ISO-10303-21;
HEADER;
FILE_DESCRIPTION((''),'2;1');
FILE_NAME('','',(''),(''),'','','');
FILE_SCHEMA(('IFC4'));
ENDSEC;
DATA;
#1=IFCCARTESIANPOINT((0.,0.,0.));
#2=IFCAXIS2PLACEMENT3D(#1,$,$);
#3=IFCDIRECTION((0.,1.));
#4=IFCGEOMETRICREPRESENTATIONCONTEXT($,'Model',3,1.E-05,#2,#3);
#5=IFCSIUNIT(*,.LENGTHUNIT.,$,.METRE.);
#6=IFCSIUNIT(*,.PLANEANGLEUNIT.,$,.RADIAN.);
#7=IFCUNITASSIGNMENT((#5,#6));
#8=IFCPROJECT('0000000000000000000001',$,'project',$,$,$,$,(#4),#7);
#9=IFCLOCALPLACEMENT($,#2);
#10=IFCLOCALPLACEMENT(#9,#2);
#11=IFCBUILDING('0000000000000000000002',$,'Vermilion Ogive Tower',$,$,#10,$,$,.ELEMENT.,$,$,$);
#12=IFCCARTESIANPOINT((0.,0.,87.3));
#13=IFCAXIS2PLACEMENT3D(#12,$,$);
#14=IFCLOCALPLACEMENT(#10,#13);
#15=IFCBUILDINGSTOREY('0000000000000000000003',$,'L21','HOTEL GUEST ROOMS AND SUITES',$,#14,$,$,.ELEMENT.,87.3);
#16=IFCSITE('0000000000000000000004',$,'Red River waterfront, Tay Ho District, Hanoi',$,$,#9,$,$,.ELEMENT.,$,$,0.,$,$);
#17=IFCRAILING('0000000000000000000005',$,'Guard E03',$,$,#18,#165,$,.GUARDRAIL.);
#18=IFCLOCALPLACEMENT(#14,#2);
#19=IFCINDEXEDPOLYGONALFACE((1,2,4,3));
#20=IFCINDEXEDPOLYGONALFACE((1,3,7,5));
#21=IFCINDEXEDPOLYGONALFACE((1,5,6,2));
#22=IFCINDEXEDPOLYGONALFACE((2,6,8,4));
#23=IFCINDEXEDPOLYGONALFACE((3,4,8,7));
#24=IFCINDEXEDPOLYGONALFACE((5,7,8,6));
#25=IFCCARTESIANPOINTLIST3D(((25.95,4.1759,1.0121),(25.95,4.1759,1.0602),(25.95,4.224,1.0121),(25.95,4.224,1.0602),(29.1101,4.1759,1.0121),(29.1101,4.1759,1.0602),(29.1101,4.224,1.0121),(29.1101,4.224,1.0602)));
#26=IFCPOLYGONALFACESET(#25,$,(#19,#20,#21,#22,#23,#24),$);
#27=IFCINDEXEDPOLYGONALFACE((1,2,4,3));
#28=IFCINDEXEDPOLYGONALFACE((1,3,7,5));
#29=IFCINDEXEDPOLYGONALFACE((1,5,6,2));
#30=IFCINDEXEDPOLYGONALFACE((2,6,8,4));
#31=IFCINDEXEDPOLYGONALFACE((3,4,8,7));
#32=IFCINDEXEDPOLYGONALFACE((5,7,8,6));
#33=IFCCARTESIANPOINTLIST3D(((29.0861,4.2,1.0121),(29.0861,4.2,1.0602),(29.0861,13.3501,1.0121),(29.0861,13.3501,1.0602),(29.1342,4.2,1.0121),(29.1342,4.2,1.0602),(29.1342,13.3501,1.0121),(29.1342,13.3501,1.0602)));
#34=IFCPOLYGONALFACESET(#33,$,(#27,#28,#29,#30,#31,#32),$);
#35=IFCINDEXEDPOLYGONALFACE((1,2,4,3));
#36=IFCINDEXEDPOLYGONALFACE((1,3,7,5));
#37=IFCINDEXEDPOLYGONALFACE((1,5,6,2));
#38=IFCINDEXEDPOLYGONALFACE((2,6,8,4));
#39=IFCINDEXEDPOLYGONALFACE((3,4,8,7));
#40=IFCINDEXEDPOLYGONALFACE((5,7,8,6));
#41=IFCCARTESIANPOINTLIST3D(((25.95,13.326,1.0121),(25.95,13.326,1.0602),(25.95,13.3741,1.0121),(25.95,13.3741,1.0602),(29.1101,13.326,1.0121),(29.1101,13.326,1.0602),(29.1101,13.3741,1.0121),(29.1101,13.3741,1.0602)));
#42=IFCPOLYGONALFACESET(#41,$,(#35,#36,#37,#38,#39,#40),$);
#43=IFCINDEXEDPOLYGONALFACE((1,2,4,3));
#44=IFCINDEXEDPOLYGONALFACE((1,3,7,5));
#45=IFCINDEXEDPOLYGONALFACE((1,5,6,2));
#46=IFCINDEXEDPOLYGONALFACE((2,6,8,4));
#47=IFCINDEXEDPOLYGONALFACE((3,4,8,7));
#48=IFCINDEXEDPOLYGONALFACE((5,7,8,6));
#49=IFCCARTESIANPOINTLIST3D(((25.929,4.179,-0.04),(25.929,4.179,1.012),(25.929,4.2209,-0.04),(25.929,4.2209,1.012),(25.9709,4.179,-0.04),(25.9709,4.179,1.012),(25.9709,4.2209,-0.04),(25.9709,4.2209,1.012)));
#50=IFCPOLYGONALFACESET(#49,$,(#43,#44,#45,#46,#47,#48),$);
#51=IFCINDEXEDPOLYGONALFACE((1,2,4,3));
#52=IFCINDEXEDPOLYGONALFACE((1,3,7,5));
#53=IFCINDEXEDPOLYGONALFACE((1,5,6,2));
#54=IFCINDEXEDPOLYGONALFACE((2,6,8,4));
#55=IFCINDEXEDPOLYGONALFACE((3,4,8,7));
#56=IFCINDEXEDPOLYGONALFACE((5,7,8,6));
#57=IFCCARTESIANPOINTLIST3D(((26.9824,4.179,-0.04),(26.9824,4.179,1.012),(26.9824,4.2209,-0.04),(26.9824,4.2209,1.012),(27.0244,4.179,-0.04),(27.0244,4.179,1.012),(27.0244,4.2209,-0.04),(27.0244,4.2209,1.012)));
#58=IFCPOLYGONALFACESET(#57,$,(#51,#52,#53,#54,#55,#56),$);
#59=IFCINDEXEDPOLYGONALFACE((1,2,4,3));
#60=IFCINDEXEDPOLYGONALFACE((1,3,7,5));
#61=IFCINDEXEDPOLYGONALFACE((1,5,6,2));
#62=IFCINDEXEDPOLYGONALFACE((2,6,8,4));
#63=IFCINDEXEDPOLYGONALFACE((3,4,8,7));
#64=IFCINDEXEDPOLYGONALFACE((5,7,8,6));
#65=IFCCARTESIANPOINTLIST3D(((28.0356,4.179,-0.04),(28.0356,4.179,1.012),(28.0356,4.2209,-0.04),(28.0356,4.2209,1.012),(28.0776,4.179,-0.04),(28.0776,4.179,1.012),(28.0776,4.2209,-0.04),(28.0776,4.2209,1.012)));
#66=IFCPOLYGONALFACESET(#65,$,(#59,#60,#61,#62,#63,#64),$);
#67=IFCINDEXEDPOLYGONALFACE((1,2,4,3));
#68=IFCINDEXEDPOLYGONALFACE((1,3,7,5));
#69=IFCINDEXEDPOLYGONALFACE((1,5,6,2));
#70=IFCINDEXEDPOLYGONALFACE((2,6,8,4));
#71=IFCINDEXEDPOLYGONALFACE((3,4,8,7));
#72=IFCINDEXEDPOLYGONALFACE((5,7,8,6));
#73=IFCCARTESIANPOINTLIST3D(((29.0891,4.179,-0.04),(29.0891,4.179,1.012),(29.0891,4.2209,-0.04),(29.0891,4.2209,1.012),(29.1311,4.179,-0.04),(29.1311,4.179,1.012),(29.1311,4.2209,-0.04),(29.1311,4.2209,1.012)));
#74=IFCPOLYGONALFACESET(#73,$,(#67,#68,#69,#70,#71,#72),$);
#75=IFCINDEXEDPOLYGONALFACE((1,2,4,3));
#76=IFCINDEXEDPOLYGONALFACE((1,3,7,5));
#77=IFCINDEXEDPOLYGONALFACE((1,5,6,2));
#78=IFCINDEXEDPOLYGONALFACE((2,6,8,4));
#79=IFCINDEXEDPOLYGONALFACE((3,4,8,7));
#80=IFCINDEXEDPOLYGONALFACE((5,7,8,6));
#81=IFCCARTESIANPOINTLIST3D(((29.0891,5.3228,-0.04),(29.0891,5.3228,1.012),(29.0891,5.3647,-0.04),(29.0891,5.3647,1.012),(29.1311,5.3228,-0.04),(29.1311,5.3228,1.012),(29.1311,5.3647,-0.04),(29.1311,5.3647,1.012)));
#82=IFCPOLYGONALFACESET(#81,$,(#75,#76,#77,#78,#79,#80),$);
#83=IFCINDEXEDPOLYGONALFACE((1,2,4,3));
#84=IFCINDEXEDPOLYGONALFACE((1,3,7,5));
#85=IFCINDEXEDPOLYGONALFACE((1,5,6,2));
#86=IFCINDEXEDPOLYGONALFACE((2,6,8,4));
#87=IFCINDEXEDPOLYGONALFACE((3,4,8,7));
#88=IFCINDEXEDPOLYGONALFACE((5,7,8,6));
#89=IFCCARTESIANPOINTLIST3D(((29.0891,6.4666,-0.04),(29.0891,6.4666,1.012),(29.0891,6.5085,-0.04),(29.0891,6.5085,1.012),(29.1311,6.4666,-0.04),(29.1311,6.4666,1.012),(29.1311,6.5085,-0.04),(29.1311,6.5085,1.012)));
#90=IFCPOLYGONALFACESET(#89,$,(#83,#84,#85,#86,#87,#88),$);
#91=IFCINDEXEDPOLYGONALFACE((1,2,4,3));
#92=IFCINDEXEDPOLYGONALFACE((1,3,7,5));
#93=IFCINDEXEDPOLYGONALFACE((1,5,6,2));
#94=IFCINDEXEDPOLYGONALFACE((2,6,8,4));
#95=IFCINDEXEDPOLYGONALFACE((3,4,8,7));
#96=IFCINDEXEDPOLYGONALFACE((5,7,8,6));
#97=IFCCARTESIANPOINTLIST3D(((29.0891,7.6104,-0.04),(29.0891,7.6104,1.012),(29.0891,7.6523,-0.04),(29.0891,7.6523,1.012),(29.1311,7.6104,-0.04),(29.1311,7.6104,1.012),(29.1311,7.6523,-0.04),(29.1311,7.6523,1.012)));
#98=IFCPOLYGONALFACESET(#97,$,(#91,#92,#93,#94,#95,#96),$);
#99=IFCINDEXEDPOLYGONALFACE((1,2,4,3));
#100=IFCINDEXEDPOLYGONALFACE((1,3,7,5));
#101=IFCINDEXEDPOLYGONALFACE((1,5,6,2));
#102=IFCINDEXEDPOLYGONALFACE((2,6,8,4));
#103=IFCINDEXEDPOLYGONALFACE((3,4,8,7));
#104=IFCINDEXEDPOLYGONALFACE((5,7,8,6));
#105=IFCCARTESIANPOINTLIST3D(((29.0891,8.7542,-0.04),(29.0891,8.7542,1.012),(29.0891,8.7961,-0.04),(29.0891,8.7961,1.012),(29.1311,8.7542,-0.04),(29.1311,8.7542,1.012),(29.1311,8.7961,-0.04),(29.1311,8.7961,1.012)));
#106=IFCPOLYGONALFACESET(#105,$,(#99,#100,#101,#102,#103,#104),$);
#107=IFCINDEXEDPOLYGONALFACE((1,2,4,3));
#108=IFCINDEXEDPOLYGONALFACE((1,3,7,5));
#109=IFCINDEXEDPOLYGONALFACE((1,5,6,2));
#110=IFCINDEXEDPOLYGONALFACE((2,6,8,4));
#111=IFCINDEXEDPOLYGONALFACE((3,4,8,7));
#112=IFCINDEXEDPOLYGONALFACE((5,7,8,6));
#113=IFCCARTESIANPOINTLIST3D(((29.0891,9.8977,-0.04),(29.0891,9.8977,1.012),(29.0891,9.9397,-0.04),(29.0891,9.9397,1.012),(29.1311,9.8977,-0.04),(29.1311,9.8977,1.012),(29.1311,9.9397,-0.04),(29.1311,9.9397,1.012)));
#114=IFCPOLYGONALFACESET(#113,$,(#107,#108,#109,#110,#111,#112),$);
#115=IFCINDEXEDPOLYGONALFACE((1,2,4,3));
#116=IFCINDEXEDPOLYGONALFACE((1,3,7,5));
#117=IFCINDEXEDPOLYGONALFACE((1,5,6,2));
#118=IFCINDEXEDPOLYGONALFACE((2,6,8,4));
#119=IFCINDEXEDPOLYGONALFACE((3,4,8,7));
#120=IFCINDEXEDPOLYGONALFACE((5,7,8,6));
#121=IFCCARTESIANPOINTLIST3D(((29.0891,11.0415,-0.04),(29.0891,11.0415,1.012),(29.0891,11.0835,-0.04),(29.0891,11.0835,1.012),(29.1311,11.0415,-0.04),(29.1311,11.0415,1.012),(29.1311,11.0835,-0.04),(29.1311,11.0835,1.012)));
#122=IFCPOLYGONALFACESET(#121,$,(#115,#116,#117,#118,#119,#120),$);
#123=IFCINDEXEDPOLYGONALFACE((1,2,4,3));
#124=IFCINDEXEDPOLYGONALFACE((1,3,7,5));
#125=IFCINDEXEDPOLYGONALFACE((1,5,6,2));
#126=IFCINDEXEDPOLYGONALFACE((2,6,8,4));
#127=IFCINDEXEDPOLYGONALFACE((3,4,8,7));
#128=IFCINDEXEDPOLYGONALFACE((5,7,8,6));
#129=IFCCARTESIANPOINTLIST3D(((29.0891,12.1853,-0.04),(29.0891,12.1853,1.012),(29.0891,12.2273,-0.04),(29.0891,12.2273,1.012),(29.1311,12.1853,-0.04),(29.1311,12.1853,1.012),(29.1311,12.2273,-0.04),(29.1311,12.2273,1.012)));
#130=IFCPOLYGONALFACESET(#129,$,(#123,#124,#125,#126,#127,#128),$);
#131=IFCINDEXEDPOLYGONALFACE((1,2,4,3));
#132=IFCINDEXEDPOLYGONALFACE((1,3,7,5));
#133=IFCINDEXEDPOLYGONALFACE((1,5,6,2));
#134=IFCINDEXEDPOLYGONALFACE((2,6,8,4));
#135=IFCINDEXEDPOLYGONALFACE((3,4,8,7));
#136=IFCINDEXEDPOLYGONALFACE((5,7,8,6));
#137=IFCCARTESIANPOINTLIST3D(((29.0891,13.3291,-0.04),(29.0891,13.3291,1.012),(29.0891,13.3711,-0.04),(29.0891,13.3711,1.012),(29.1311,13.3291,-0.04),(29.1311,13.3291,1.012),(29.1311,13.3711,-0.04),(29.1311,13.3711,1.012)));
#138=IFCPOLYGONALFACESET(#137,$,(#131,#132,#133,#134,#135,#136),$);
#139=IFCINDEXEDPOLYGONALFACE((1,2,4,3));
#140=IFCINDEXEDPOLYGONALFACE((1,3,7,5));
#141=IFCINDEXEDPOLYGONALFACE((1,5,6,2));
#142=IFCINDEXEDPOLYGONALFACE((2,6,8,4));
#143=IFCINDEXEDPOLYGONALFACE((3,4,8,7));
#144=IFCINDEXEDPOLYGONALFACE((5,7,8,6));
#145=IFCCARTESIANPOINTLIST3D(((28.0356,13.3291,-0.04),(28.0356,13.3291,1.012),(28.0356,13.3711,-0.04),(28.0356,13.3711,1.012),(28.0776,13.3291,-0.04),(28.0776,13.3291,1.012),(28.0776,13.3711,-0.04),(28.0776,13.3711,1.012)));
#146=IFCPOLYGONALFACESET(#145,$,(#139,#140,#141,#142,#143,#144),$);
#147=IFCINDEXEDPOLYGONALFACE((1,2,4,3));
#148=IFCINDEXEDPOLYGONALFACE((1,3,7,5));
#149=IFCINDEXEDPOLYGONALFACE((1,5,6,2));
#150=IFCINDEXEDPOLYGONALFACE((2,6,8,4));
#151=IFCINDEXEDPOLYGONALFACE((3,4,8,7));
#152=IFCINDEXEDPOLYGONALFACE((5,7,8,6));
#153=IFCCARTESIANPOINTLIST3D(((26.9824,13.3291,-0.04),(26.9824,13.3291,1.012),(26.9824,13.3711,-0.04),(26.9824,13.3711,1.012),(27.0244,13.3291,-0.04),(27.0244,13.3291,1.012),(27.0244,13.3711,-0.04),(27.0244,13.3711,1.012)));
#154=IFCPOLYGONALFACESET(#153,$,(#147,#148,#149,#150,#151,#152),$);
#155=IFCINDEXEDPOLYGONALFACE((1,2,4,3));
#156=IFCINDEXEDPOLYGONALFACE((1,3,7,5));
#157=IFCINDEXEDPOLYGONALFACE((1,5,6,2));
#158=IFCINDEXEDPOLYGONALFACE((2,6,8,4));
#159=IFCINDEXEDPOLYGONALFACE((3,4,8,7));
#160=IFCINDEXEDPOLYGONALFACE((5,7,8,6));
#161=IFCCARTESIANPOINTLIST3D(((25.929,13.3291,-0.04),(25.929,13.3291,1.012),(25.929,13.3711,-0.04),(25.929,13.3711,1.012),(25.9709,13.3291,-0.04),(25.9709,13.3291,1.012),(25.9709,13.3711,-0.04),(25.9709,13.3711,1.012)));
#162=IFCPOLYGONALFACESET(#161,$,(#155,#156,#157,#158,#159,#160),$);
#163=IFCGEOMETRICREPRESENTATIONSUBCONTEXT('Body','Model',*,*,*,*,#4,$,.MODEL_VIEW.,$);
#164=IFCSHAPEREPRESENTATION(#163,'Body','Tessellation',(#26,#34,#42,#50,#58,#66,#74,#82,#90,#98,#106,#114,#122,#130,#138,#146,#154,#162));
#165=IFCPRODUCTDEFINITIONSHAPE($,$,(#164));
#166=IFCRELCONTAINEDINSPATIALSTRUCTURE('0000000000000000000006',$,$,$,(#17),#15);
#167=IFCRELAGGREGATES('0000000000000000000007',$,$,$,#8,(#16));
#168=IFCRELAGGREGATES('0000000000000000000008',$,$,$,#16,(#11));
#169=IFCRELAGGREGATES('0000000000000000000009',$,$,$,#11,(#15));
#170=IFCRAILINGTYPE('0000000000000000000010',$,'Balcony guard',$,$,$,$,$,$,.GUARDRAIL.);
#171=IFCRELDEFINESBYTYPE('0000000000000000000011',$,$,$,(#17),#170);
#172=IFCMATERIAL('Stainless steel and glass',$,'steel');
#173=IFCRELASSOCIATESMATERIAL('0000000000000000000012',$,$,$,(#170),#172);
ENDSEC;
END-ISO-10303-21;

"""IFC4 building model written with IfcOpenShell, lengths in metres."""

from ifc_helpers import new_model, si_unit, direction, frame, origin, origin_2d, place, context, subcontext, project, spatial, rectangle, extrude, material, type_object, element, save


model = new_model("IFC4")

# Units and contexts
model_context = context("Model", 3, precision=1e-05, world=origin(), true_north=direction((0.0, 1.0)))
body_context = subcontext(model_context, "Body", "Model", "MODEL_VIEW")
ifc_project = project(units=[si_unit("LENGTHUNIT", "METRE"), si_unit("PLANEANGLEUNIT", "RADIAN")], contexts=[model_context])

# Site, building, storey
site_placement = place(None, origin())
site = spatial("IfcSite", under=ifc_project, at=site_placement, Name="Red River waterfront, Tay Ho District, Hanoi", CompositionType="ELEMENT", RefElevation=0.0)
building_placement = place(site_placement, origin())
building = spatial("IfcBuilding", under=site, at=building_placement, Name="Vermilion Ogive Tower", CompositionType="ELEMENT")
storey_placement = place(building_placement, frame((0.0, 0.0, 87.3)))
storey = spatial("IfcBuildingStorey", under=building, at=storey_placement, Name="L21", Description="HOTEL GUEST ROOMS AND SUITES", CompositionType="ELEMENT", Elevation=87.3)

# Railing
ifc_material_1 = material(Name="Stainless steel and glass", Category="steel")
railing_type_1 = type_object("IfcRailingType", Name="Balcony guard", PredefinedType="GUARDRAIL", material=ifc_material_1)
railing_1_placement = place(storey_placement, frame((25.95, 4.2, -0.04)))
element("IfcRailing", 1, at=railing_1_placement, inside=storey, type_object=railing_type_1, Name="Guard E03", PredefinedType="GUARDRAIL", context=body_context, shape_type="SweptSolid", body=[
    extrude(rectangle(XDim=0.0481, YDim=0.0481, at=origin_2d()), frame((0.0, 0.0, 1.0762), z_axis=(1.0, 0.0, 0.0), x_axis=(0.0, 1.0, 0.0)), (0.0, 0.0, 1.0), 3.1602),
    extrude(rectangle(XDim=0.0481, YDim=0.0481, at=origin_2d()), frame((3.1602, 0.0, 1.0762), z_axis=(0.0, 1.0, 0.0), x_axis=(-1.0, 0.0, 0.0)), (0.0, 0.0, 1.0), 9.1501),
    extrude(rectangle(XDim=0.0481, YDim=0.0481, at=origin_2d()), frame((3.1602, 9.1501, 1.0762), z_axis=(-1.0, 0.0, 0.0), x_axis=(0.0, -1.0, 0.0)), (0.0, 0.0, 1.0), 3.1602),
    extrude(rectangle(XDim=0.042, YDim=0.042, at=origin_2d()), origin(), (0.0, 0.0, 1.0), 1.052),
    extrude(rectangle(XDim=0.042, YDim=0.042, at=origin_2d()), frame((1.0535, 0.0, 0.0)), (0.0, 0.0, 1.0), 1.052),
    extrude(rectangle(XDim=0.042, YDim=0.042, at=origin_2d()), frame((2.1067, 0.0, 0.0)), (0.0, 0.0, 1.0), 1.052),
    extrude(rectangle(XDim=0.042, YDim=0.042, at=origin_2d()), frame((3.1602, 0.0, 0.0)), (0.0, 0.0, 1.0), 1.052),
    extrude(rectangle(XDim=0.042, YDim=0.042, at=origin_2d()), frame((3.1602, 1.1438, 0.0)), (0.0, 0.0, 1.0), 1.052),
    extrude(rectangle(XDim=0.042, YDim=0.042, at=origin_2d()), frame((3.1602, 2.2876, 0.0)), (0.0, 0.0, 1.0), 1.052),
    extrude(rectangle(XDim=0.042, YDim=0.042, at=origin_2d()), frame((3.1602, 3.4314, 0.0)), (0.0, 0.0, 1.0), 1.052),
    extrude(rectangle(XDim=0.042, YDim=0.042, at=origin_2d()), frame((3.1602, 4.5752, 0.0)), (0.0, 0.0, 1.0), 1.052),
    extrude(rectangle(XDim=0.042, YDim=0.042, at=origin_2d()), frame((3.1602, 5.7188, 0.0)), (0.0, 0.0, 1.0), 1.052),
    extrude(rectangle(XDim=0.042, YDim=0.042, at=origin_2d()), frame((3.1602, 6.8625, 0.0)), (0.0, 0.0, 1.0), 1.052),
    extrude(rectangle(XDim=0.042, YDim=0.042, at=origin_2d()), frame((3.1602, 8.0063, 0.0)), (0.0, 0.0, 1.0), 1.052),
    extrude(rectangle(XDim=0.042, YDim=0.042, at=origin_2d()), frame((3.1602, 9.1501, 0.0)), (0.0, 0.0, 1.0), 1.052),
    extrude(rectangle(XDim=0.042, YDim=0.042, at=origin_2d()), frame((2.1067, 9.1501, 0.0)), (0.0, 0.0, 1.0), 1.052),
    extrude(rectangle(XDim=0.042, YDim=0.042, at=origin_2d()), frame((1.0535, 9.1501, 0.0)), (0.0, 0.0, 1.0), 1.052),
    extrude(rectangle(XDim=0.042, YDim=0.042, at=origin_2d()), frame((0.0, 9.1501, 0.0)), (0.0, 0.0, 1.0), 1.052),
])

save(model, "model.ifc")
